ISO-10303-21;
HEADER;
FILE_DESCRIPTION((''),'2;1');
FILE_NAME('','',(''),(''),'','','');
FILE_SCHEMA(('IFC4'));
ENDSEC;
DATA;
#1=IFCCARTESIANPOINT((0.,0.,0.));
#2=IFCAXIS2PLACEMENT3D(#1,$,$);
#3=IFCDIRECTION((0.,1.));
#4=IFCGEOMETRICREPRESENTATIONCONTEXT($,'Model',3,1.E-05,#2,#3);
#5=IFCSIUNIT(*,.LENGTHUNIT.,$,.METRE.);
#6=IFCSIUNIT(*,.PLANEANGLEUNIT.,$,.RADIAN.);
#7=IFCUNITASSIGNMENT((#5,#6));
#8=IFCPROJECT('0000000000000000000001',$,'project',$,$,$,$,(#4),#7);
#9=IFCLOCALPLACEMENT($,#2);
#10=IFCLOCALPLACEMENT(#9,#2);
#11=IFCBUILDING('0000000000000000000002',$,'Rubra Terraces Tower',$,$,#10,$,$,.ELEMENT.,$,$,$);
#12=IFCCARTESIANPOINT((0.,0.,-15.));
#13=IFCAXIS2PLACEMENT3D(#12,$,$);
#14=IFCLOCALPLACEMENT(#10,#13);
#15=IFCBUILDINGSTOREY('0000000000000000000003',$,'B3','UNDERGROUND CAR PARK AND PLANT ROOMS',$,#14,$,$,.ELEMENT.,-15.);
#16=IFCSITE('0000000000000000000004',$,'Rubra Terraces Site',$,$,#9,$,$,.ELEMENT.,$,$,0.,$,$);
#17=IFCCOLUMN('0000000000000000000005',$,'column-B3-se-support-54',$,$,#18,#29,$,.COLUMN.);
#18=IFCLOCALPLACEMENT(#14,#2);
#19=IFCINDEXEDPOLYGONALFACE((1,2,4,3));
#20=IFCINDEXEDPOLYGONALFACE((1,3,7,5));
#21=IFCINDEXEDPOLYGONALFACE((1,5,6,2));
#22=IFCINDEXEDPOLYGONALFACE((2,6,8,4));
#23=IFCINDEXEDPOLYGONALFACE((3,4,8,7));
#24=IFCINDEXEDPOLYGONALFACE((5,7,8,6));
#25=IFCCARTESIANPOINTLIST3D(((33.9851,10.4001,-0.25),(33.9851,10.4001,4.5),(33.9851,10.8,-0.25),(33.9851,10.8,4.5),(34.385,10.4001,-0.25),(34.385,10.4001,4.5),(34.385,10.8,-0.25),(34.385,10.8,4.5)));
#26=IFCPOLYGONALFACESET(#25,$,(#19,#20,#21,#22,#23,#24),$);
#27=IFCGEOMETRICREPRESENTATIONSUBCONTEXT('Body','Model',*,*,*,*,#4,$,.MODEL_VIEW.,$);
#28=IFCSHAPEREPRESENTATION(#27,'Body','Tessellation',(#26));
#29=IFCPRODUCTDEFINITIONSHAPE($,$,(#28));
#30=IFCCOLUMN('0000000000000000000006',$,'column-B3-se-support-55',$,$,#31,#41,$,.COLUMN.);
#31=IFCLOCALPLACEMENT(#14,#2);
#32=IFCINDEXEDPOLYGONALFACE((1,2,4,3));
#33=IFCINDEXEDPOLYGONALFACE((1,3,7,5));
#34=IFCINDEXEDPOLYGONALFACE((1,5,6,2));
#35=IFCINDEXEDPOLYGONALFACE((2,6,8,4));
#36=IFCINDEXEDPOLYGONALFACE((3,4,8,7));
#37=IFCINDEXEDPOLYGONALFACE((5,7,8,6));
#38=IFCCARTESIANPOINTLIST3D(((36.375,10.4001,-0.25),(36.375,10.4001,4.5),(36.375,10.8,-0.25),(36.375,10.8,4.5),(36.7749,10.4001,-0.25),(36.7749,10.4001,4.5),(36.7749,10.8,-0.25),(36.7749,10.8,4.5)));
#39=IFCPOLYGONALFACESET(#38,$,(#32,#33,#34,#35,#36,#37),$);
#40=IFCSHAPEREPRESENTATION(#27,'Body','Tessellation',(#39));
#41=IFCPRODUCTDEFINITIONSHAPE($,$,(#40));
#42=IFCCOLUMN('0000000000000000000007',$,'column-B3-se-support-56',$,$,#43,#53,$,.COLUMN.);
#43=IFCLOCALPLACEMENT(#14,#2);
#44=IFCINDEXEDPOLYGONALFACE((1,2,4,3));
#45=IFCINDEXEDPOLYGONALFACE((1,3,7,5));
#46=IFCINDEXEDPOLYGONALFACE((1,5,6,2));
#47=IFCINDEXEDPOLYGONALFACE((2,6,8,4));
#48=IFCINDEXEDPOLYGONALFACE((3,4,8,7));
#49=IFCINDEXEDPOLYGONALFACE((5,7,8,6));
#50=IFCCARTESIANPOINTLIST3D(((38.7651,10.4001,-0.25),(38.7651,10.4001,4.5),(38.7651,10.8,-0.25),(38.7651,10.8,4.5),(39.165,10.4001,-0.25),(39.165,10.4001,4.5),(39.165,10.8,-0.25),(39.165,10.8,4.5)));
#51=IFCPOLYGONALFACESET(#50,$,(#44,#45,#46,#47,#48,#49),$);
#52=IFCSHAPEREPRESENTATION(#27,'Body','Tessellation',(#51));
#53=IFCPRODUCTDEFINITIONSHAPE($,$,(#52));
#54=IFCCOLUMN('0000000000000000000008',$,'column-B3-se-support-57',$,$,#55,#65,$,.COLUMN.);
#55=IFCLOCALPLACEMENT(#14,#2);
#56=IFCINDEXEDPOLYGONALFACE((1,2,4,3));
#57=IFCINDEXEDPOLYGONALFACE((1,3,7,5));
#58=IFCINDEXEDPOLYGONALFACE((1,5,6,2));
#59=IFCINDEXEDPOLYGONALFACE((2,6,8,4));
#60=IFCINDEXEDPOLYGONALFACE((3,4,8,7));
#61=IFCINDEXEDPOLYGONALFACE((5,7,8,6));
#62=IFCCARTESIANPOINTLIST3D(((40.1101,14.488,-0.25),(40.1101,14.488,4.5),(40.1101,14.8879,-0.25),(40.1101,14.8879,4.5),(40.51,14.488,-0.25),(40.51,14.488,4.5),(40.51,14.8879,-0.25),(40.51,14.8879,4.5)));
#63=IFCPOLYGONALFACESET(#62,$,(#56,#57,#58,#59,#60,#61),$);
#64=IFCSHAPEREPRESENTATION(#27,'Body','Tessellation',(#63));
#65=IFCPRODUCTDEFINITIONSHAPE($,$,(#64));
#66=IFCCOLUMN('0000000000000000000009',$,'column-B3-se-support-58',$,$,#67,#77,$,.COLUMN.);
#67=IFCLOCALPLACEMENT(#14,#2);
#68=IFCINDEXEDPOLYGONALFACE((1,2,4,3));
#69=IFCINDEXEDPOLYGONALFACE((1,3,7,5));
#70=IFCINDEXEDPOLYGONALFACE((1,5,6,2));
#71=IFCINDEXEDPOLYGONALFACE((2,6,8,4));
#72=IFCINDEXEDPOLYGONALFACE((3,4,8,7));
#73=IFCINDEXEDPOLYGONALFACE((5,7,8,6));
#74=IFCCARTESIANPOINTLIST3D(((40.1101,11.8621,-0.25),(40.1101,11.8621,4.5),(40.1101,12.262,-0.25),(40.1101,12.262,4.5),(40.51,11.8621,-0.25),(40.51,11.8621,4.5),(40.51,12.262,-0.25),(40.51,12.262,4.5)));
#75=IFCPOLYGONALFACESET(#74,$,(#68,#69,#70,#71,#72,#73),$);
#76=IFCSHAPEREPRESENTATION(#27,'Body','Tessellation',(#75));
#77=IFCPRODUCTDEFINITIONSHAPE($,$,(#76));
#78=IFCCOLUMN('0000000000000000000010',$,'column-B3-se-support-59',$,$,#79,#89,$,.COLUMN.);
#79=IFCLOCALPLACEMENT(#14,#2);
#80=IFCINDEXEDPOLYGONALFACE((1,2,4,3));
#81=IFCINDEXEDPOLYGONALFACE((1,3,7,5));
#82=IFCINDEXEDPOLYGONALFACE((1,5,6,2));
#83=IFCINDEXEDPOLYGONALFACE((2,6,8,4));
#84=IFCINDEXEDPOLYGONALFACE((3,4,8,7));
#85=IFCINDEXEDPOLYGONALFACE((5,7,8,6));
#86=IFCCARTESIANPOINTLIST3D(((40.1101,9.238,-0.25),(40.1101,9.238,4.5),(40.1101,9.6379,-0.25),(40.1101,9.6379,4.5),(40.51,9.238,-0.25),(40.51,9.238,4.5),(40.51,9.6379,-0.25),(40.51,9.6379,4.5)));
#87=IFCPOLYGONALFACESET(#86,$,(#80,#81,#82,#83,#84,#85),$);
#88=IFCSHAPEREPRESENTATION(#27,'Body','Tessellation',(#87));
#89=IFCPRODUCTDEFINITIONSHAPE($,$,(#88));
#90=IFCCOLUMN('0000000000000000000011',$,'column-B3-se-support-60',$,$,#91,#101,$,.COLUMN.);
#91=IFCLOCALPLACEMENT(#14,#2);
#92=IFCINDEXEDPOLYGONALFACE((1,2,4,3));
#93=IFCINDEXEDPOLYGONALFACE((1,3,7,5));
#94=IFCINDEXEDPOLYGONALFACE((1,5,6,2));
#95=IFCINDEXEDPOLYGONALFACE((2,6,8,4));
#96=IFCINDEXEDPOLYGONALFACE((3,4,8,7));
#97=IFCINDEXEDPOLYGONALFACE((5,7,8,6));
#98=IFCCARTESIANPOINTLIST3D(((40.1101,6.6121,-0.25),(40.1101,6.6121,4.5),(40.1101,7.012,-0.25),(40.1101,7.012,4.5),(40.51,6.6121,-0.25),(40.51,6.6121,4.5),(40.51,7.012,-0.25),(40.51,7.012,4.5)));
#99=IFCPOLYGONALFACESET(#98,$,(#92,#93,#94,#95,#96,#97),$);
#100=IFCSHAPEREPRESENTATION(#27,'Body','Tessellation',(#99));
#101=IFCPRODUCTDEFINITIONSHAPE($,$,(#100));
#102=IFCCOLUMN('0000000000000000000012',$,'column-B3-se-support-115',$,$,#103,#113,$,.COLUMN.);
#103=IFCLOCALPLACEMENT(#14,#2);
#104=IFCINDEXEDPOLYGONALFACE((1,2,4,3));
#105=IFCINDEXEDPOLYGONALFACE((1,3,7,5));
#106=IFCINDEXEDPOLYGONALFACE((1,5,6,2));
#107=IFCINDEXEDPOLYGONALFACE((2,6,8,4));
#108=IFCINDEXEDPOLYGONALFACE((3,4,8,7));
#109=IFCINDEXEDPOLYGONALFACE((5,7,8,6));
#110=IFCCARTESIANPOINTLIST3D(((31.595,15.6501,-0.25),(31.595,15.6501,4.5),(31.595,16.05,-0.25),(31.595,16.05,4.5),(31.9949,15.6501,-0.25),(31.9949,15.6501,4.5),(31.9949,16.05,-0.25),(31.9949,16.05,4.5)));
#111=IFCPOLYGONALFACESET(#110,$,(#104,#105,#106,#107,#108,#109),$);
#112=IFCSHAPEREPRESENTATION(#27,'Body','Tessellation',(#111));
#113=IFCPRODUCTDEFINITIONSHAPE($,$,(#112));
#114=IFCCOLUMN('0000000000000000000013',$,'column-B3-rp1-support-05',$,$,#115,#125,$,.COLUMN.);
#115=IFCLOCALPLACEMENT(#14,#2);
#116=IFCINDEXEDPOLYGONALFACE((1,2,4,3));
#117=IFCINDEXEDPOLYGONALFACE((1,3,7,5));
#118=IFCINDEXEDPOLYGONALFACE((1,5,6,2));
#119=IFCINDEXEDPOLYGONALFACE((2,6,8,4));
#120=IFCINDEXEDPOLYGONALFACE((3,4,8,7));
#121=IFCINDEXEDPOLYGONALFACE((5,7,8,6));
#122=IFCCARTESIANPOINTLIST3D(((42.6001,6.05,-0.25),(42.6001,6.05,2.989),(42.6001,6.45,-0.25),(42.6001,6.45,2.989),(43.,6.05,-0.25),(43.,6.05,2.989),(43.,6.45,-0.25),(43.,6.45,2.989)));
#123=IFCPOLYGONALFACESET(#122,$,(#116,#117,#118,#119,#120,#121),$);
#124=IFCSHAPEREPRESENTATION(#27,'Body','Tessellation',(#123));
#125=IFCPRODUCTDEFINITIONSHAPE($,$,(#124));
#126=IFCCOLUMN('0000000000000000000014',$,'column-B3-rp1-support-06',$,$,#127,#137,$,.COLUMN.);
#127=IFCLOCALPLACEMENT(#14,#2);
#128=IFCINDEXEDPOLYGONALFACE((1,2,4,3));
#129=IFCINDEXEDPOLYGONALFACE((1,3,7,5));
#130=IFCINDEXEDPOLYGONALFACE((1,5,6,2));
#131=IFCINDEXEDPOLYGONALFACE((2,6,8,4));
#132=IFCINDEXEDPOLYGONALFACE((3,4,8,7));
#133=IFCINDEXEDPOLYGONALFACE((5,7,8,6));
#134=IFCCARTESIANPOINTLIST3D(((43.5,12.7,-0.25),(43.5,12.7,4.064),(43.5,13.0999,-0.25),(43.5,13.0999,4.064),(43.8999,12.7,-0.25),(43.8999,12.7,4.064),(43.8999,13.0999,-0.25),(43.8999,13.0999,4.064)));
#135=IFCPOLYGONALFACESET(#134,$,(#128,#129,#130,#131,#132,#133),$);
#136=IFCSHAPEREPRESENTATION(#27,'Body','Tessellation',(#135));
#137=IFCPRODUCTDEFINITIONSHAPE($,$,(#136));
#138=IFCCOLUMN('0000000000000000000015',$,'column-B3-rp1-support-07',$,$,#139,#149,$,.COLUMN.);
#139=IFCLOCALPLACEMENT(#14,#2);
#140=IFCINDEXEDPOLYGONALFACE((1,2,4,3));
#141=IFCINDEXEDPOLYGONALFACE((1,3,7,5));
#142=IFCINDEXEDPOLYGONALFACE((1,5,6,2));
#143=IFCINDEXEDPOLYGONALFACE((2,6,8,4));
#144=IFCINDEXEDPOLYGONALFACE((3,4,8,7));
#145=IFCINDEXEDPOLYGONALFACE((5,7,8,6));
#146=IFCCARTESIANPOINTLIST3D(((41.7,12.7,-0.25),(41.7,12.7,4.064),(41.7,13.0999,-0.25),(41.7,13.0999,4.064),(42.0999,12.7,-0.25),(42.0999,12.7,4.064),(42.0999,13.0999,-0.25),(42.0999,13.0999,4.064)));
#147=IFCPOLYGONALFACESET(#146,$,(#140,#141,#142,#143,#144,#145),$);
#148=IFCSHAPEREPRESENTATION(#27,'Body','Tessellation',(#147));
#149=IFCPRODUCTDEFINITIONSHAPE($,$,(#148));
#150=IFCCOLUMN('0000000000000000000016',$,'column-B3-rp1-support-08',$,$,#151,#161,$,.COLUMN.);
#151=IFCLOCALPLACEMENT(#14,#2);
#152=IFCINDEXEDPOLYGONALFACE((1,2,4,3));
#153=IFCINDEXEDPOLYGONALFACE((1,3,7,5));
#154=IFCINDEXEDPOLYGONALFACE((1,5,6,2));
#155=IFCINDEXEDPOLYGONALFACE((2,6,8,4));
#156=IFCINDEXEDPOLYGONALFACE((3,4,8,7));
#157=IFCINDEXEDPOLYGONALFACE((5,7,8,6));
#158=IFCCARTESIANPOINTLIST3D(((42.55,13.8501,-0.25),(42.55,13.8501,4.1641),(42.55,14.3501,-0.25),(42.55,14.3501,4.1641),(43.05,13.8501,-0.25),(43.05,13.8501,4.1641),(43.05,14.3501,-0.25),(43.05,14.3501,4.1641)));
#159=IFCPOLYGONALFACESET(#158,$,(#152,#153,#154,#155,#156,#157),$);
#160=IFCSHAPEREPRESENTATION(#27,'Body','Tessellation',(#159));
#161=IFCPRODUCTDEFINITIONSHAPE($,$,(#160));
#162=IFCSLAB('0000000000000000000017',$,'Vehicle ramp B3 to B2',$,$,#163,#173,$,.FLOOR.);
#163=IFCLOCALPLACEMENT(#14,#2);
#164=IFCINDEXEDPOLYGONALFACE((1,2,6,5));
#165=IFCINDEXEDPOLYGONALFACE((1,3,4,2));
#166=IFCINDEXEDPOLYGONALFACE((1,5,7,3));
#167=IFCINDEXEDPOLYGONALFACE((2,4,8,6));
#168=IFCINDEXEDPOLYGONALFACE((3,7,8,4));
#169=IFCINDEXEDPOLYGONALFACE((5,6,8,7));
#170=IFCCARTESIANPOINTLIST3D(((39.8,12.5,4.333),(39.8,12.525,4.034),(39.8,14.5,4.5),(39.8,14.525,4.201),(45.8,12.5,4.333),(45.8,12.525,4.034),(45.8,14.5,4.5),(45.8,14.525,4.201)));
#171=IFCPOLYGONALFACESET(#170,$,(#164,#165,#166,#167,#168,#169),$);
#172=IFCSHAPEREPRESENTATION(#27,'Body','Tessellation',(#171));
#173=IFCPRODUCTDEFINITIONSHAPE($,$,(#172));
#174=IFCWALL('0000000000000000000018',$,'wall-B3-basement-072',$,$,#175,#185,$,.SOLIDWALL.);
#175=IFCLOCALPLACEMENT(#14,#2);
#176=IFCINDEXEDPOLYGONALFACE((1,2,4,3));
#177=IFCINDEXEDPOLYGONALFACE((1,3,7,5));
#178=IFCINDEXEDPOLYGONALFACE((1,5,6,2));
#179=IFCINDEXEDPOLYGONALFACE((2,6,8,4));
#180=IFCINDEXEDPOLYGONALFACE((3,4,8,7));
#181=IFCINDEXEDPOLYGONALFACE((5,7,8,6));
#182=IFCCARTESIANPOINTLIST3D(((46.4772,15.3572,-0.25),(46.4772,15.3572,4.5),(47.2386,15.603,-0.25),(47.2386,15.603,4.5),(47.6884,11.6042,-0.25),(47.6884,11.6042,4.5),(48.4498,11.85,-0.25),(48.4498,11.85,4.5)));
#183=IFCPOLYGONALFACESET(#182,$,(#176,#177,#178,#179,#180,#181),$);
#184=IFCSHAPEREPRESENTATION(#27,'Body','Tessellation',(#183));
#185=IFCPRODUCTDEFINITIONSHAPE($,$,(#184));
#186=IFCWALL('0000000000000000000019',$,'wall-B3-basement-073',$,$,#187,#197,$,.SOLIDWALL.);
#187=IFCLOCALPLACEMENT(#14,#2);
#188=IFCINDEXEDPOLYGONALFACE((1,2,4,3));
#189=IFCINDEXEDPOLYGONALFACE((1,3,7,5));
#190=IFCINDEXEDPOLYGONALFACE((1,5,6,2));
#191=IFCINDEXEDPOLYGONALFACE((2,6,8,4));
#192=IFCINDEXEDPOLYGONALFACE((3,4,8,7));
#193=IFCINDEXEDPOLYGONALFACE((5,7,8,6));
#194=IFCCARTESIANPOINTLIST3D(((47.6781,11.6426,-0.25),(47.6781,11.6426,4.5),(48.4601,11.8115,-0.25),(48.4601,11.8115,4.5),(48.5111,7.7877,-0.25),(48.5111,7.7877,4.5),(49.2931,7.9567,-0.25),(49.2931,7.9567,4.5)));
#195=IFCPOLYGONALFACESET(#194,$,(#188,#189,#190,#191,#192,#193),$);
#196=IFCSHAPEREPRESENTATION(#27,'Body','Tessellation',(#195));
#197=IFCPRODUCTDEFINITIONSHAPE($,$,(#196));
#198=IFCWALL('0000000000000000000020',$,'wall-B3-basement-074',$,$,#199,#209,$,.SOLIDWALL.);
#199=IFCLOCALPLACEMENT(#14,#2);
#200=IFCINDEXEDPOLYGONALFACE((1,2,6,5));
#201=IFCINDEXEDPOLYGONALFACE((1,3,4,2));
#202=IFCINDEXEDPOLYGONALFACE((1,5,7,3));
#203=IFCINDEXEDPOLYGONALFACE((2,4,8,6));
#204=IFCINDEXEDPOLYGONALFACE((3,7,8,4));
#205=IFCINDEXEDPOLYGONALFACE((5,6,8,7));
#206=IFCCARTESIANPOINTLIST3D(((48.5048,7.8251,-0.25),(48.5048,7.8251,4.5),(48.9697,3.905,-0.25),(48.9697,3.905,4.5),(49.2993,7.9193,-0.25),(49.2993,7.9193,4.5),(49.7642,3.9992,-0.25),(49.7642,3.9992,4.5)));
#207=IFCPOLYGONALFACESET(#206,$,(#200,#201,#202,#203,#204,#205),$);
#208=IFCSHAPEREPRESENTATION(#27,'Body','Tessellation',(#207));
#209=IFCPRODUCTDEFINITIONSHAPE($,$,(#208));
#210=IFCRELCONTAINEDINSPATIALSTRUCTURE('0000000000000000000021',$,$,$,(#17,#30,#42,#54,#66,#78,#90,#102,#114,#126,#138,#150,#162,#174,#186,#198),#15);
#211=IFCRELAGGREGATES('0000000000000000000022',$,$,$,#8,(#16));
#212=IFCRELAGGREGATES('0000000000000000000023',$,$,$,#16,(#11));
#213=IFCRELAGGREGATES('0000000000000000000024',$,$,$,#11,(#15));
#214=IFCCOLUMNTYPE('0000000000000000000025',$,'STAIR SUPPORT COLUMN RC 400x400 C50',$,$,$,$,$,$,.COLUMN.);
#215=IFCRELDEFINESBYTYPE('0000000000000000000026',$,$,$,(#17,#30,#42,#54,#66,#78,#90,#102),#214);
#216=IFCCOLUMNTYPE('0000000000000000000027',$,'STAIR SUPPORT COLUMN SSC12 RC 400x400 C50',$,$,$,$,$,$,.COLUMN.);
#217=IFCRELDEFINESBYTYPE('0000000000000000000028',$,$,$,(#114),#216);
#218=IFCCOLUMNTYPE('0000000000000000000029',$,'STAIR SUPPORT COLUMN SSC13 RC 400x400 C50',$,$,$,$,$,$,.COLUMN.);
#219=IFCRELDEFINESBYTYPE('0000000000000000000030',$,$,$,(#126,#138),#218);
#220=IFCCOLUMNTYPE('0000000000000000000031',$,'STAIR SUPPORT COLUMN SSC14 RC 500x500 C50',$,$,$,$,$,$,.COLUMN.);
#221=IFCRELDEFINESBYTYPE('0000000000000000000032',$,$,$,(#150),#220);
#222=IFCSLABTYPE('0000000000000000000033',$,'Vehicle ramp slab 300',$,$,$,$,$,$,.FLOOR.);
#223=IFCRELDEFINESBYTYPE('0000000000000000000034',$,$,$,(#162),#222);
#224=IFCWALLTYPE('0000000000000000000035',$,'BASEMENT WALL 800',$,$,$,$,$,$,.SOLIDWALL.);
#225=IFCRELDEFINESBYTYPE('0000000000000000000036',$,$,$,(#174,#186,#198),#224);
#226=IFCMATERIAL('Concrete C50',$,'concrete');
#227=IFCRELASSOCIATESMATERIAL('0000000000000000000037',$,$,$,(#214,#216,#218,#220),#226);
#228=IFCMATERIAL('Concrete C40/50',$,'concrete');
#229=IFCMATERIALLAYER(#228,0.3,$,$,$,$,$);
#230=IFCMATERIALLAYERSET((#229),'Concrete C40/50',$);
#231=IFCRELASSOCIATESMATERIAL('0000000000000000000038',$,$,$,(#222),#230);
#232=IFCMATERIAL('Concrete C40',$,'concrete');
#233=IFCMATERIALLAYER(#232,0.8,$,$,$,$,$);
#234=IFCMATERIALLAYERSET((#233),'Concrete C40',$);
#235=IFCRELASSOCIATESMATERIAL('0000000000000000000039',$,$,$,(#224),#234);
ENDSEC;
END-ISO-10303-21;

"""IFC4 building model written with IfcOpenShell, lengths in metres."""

from ifc_helpers import new_model, si_unit, direction, frame, frame_2d, origin, origin_2d, place, context, subcontext, project, spatial, polyline, rectangle, outline, extrude, material, layer, layer_set, material_profile, profile_set, type_object, element, save


model = new_model("IFC4")

# Units and contexts
model_context = context("Model", 3, precision=1e-05, world=origin(), true_north=direction((0.0, 1.0)))
body_context = subcontext(model_context, "Body", "Model", "MODEL_VIEW")
ifc_project = project(units=[si_unit("LENGTHUNIT", "METRE"), si_unit("PLANEANGLEUNIT", "RADIAN")], contexts=[model_context])

# Site, building, storey
site_placement = place(None, origin())
site = spatial("IfcSite", under=ifc_project, at=site_placement, Name="Rubra Terraces Site", CompositionType="ELEMENT", RefElevation=0.0)
building_placement = place(site_placement, origin())
building = spatial("IfcBuilding", under=site, at=building_placement, Name="Rubra Terraces Tower", CompositionType="ELEMENT")
storey_placement = place(building_placement, frame((0.0, 0.0, -15.0)))
storey = spatial("IfcBuildingStorey", under=building, at=storey_placement, Name="B3", Description="UNDERGROUND CAR PARK AND PLANT ROOMS", CompositionType="ELEMENT", Elevation=-15.0)

# Shared definitions
ifc_material_1 = material(Name="Concrete C40", Category="concrete")

# Columns
ifc_material_2 = material(Name="Concrete C50", Category="concrete")
ifc_material_profile_1 = material_profile(ifc_material_2, rectangle(XDim=0.3999, YDim=0.3999, at=origin_2d()), Name="RC 400x400")
ifc_profile_set_1 = profile_set([ifc_material_profile_1], Name="Concrete C50")
column_type_1 = type_object("IfcColumnType", Name="STAIR SUPPORT COLUMN RC 400x400 C50", PredefinedType="COLUMN", material=ifc_profile_set_1)
for number, where, z_axis, x_axis, name in (
    (1, (34.1851, 10.6001, -0.25), (0.0, 0.0, 1.0), (1.0, 0.0, 0.0), "column-B3-se-support-54"),
    (2, (36.575, 10.6001, -0.25), (0.0, 0.0, 1.0), (1.0, 0.0, 0.0), "column-B3-se-support-55"),
    (3, (38.9651, 10.6001, -0.25), (0.0, 0.0, 1.0), (1.0, 0.0, 0.0), "column-B3-se-support-56"),
    (4, (40.3101, 14.688, -0.25), (0.0, 0.0, 1.0), (1.0, 0.0, 0.0), "column-B3-se-support-57"),
    (5, (40.3101, 12.062, -0.25), (0.0, 0.0, 1.0), (1.0, 0.0, 0.0), "column-B3-se-support-58"),
    (6, (40.3101, 9.438, -0.25), (0.0, 0.0, 1.0), (1.0, 0.0, 0.0), "column-B3-se-support-59"),
    (7, (40.3101, 6.812, -0.25), (0.0, 0.0, 1.0), (1.0, 0.0, 0.0), "column-B3-se-support-60"),
    (8, (31.7949, 15.8501, -0.25), (0.0, 0.0, 1.0), (1.0, 0.0, 0.0), "column-B3-se-support-115"),
):
    element("IfcColumn", number, at=place(storey_placement, frame(where, z_axis=z_axis, x_axis=x_axis)), inside=storey, type_object=column_type_1, Name=name, PredefinedType="COLUMN", context=body_context, shape_type="SweptSolid", body=[
        extrude(rectangle(XDim=0.3999, YDim=0.3999, at=origin_2d()), origin(), (0.0, 0.0, 1.0), 4.75),
    ])
ifc_material_profile_2 = material_profile(ifc_material_2, rectangle(XDim=0.3999, YDim=0.3999, at=origin_2d()), Name="RC 400x400")
ifc_profile_set_2 = profile_set([ifc_material_profile_2], Name="Concrete C50")
column_type_2 = type_object("IfcColumnType", Name="STAIR SUPPORT COLUMN SSC12 RC 400x400 C50", PredefinedType="COLUMN", material=ifc_profile_set_2)
column_1_placement = place(storey_placement, frame((42.8, 6.25, -0.25), z_axis=(0.0, 0.0, 1.0), x_axis=(1.0, 0.0, 0.0)))
element("IfcColumn", 9, at=column_1_placement, inside=storey, type_object=column_type_2, Name="column-B3-rp1-support-05", PredefinedType="COLUMN", context=body_context, shape_type="SweptSolid", body=[
    extrude(rectangle(XDim=0.3999, YDim=0.3999, at=origin_2d()), origin(), (0.0, 0.0, 1.0), 3.239),
])
ifc_material_profile_3 = material_profile(ifc_material_2, rectangle(XDim=0.3999, YDim=0.3999, at=origin_2d()), Name="RC 400x400")
ifc_profile_set_3 = profile_set([ifc_material_profile_3], Name="Concrete C50")
column_type_3 = type_object("IfcColumnType", Name="STAIR SUPPORT COLUMN SSC13 RC 400x400 C50", PredefinedType="COLUMN", material=ifc_profile_set_3)
for number, where, z_axis, x_axis, name in (
    (10, (43.7, 12.8999, -0.25), (0.0, 0.0, 1.0), (1.0, 0.0, 0.0), "column-B3-rp1-support-06"),
    (11, (41.8999, 12.8999, -0.25), (0.0, 0.0, 1.0), (1.0, 0.0, 0.0), "column-B3-rp1-support-07"),
):
    element("IfcColumn", number, at=place(storey_placement, frame(where, z_axis=z_axis, x_axis=x_axis)), inside=storey, type_object=column_type_3, Name=name, PredefinedType="COLUMN", context=body_context, shape_type="SweptSolid", body=[
        extrude(rectangle(XDim=0.3999, YDim=0.3999, at=origin_2d()), origin(), (0.0, 0.0, 1.0), 4.314),
    ])
ifc_material_profile_4 = material_profile(ifc_material_2, rectangle(XDim=0.5, YDim=0.5, at=origin_2d()), Name="RC 500x500")
ifc_profile_set_4 = profile_set([ifc_material_profile_4], Name="Concrete C50")
column_type_4 = type_object("IfcColumnType", Name="STAIR SUPPORT COLUMN SSC14 RC 500x500 C50", PredefinedType="COLUMN", material=ifc_profile_set_4)
column_2_placement = place(storey_placement, frame((42.8, 14.1001, -0.25), z_axis=(0.0, 0.0, 1.0), x_axis=(1.0, 0.0, 0.0)))
element("IfcColumn", 12, at=column_2_placement, inside=storey, type_object=column_type_4, Name="column-B3-rp1-support-08", PredefinedType="COLUMN", context=body_context, shape_type="SweptSolid", body=[
    extrude(rectangle(XDim=0.5, YDim=0.5, at=origin_2d()), origin(), (0.0, 0.0, 1.0), 4.4141),
])

# Slab
ifc_material_3 = material(Name="Concrete C40/50", Category="concrete")
ifc_layer_1 = layer(ifc_material_3, 0.3)
ifc_layer_set_1 = layer_set([ifc_layer_1], Name="Concrete C40/50")
slab_type = type_object("IfcSlabType", Name="Vehicle ramp slab 300", PredefinedType="FLOOR", material=ifc_layer_set_1)
slab_placement = place(storey_placement, frame((45.8, 12.5, 4.333), z_axis=(0.0, -0.083207, 0.996532), x_axis=(0.0, 0.996532, 0.083207)))
element("IfcSlab", 13, at=slab_placement, inside=storey, type_object=slab_type, Name="Vehicle ramp B3 to B2", PredefinedType="FLOOR", context=body_context, shape_type="SweptSolid", body=[
    extrude(outline(polyline([(0.0, 0.0), (2.007, 0.0), (2.007, 6.0), (0.0, 6.0), (0.0, 0.0)])), origin(), (0.0, 0.0, -1.0), 0.3),
])

# Walls
ifc_layer_2 = layer(ifc_material_1, 0.8)
ifc_layer_set_2 = layer_set([ifc_layer_2], Name="Concrete C40")
wall_type = type_object("IfcWallType", Name="BASEMENT WALL 800", PredefinedType="SOLIDWALL", material=ifc_layer_set_2)
wall_1_placement = place(storey_placement, frame((46.8579, 15.48, -0.25), z_axis=(0.0, 0.0, 1.0), x_axis=(0.307131, -0.951667, 0.0)))
element("IfcWall", 14, at=wall_1_placement, inside=storey, type_object=wall_type, Name="wall-B3-basement-072", PredefinedType="SOLIDWALL", context=body_context, shape_type="SweptSolid", body=[
    extrude(rectangle(XDim=3.9436, YDim=0.8, at=frame_2d((1.9717, 0.0))), origin(), (0.0, 0.0, 1.0), 4.75),
])
wall_2_placement = place(storey_placement, frame((48.0691, 11.7271, -0.25), z_axis=(0.0, 0.0, 1.0), x_axis=(0.211211, -0.97744, 0.0)))
element("IfcWall", 15, at=wall_2_placement, inside=storey, type_object=wall_type, Name="wall-B3-basement-073", PredefinedType="SOLIDWALL", context=body_context, shape_type="SweptSolid", body=[
    extrude(rectangle(XDim=3.9438, YDim=0.8, at=frame_2d((1.9719, 0.0))), origin(), (0.0, 0.0, 1.0), 4.75),
])
wall_3_placement = place(storey_placement, frame((48.9021, 7.8721, -0.25), z_axis=(0.0, 0.0, 1.0), x_axis=(0.117753, -0.993043, 0.0)))
element("IfcWall", 16, at=wall_3_placement, inside=storey, type_object=wall_type, Name="wall-B3-basement-074", PredefinedType="SOLIDWALL", context=body_context, shape_type="SweptSolid", body=[
    extrude(rectangle(XDim=3.9475, YDim=0.8, at=frame_2d((1.9736, 0.0))), origin(), (0.0, 0.0, 1.0), 4.75),
])

save(model, "model.ifc")
